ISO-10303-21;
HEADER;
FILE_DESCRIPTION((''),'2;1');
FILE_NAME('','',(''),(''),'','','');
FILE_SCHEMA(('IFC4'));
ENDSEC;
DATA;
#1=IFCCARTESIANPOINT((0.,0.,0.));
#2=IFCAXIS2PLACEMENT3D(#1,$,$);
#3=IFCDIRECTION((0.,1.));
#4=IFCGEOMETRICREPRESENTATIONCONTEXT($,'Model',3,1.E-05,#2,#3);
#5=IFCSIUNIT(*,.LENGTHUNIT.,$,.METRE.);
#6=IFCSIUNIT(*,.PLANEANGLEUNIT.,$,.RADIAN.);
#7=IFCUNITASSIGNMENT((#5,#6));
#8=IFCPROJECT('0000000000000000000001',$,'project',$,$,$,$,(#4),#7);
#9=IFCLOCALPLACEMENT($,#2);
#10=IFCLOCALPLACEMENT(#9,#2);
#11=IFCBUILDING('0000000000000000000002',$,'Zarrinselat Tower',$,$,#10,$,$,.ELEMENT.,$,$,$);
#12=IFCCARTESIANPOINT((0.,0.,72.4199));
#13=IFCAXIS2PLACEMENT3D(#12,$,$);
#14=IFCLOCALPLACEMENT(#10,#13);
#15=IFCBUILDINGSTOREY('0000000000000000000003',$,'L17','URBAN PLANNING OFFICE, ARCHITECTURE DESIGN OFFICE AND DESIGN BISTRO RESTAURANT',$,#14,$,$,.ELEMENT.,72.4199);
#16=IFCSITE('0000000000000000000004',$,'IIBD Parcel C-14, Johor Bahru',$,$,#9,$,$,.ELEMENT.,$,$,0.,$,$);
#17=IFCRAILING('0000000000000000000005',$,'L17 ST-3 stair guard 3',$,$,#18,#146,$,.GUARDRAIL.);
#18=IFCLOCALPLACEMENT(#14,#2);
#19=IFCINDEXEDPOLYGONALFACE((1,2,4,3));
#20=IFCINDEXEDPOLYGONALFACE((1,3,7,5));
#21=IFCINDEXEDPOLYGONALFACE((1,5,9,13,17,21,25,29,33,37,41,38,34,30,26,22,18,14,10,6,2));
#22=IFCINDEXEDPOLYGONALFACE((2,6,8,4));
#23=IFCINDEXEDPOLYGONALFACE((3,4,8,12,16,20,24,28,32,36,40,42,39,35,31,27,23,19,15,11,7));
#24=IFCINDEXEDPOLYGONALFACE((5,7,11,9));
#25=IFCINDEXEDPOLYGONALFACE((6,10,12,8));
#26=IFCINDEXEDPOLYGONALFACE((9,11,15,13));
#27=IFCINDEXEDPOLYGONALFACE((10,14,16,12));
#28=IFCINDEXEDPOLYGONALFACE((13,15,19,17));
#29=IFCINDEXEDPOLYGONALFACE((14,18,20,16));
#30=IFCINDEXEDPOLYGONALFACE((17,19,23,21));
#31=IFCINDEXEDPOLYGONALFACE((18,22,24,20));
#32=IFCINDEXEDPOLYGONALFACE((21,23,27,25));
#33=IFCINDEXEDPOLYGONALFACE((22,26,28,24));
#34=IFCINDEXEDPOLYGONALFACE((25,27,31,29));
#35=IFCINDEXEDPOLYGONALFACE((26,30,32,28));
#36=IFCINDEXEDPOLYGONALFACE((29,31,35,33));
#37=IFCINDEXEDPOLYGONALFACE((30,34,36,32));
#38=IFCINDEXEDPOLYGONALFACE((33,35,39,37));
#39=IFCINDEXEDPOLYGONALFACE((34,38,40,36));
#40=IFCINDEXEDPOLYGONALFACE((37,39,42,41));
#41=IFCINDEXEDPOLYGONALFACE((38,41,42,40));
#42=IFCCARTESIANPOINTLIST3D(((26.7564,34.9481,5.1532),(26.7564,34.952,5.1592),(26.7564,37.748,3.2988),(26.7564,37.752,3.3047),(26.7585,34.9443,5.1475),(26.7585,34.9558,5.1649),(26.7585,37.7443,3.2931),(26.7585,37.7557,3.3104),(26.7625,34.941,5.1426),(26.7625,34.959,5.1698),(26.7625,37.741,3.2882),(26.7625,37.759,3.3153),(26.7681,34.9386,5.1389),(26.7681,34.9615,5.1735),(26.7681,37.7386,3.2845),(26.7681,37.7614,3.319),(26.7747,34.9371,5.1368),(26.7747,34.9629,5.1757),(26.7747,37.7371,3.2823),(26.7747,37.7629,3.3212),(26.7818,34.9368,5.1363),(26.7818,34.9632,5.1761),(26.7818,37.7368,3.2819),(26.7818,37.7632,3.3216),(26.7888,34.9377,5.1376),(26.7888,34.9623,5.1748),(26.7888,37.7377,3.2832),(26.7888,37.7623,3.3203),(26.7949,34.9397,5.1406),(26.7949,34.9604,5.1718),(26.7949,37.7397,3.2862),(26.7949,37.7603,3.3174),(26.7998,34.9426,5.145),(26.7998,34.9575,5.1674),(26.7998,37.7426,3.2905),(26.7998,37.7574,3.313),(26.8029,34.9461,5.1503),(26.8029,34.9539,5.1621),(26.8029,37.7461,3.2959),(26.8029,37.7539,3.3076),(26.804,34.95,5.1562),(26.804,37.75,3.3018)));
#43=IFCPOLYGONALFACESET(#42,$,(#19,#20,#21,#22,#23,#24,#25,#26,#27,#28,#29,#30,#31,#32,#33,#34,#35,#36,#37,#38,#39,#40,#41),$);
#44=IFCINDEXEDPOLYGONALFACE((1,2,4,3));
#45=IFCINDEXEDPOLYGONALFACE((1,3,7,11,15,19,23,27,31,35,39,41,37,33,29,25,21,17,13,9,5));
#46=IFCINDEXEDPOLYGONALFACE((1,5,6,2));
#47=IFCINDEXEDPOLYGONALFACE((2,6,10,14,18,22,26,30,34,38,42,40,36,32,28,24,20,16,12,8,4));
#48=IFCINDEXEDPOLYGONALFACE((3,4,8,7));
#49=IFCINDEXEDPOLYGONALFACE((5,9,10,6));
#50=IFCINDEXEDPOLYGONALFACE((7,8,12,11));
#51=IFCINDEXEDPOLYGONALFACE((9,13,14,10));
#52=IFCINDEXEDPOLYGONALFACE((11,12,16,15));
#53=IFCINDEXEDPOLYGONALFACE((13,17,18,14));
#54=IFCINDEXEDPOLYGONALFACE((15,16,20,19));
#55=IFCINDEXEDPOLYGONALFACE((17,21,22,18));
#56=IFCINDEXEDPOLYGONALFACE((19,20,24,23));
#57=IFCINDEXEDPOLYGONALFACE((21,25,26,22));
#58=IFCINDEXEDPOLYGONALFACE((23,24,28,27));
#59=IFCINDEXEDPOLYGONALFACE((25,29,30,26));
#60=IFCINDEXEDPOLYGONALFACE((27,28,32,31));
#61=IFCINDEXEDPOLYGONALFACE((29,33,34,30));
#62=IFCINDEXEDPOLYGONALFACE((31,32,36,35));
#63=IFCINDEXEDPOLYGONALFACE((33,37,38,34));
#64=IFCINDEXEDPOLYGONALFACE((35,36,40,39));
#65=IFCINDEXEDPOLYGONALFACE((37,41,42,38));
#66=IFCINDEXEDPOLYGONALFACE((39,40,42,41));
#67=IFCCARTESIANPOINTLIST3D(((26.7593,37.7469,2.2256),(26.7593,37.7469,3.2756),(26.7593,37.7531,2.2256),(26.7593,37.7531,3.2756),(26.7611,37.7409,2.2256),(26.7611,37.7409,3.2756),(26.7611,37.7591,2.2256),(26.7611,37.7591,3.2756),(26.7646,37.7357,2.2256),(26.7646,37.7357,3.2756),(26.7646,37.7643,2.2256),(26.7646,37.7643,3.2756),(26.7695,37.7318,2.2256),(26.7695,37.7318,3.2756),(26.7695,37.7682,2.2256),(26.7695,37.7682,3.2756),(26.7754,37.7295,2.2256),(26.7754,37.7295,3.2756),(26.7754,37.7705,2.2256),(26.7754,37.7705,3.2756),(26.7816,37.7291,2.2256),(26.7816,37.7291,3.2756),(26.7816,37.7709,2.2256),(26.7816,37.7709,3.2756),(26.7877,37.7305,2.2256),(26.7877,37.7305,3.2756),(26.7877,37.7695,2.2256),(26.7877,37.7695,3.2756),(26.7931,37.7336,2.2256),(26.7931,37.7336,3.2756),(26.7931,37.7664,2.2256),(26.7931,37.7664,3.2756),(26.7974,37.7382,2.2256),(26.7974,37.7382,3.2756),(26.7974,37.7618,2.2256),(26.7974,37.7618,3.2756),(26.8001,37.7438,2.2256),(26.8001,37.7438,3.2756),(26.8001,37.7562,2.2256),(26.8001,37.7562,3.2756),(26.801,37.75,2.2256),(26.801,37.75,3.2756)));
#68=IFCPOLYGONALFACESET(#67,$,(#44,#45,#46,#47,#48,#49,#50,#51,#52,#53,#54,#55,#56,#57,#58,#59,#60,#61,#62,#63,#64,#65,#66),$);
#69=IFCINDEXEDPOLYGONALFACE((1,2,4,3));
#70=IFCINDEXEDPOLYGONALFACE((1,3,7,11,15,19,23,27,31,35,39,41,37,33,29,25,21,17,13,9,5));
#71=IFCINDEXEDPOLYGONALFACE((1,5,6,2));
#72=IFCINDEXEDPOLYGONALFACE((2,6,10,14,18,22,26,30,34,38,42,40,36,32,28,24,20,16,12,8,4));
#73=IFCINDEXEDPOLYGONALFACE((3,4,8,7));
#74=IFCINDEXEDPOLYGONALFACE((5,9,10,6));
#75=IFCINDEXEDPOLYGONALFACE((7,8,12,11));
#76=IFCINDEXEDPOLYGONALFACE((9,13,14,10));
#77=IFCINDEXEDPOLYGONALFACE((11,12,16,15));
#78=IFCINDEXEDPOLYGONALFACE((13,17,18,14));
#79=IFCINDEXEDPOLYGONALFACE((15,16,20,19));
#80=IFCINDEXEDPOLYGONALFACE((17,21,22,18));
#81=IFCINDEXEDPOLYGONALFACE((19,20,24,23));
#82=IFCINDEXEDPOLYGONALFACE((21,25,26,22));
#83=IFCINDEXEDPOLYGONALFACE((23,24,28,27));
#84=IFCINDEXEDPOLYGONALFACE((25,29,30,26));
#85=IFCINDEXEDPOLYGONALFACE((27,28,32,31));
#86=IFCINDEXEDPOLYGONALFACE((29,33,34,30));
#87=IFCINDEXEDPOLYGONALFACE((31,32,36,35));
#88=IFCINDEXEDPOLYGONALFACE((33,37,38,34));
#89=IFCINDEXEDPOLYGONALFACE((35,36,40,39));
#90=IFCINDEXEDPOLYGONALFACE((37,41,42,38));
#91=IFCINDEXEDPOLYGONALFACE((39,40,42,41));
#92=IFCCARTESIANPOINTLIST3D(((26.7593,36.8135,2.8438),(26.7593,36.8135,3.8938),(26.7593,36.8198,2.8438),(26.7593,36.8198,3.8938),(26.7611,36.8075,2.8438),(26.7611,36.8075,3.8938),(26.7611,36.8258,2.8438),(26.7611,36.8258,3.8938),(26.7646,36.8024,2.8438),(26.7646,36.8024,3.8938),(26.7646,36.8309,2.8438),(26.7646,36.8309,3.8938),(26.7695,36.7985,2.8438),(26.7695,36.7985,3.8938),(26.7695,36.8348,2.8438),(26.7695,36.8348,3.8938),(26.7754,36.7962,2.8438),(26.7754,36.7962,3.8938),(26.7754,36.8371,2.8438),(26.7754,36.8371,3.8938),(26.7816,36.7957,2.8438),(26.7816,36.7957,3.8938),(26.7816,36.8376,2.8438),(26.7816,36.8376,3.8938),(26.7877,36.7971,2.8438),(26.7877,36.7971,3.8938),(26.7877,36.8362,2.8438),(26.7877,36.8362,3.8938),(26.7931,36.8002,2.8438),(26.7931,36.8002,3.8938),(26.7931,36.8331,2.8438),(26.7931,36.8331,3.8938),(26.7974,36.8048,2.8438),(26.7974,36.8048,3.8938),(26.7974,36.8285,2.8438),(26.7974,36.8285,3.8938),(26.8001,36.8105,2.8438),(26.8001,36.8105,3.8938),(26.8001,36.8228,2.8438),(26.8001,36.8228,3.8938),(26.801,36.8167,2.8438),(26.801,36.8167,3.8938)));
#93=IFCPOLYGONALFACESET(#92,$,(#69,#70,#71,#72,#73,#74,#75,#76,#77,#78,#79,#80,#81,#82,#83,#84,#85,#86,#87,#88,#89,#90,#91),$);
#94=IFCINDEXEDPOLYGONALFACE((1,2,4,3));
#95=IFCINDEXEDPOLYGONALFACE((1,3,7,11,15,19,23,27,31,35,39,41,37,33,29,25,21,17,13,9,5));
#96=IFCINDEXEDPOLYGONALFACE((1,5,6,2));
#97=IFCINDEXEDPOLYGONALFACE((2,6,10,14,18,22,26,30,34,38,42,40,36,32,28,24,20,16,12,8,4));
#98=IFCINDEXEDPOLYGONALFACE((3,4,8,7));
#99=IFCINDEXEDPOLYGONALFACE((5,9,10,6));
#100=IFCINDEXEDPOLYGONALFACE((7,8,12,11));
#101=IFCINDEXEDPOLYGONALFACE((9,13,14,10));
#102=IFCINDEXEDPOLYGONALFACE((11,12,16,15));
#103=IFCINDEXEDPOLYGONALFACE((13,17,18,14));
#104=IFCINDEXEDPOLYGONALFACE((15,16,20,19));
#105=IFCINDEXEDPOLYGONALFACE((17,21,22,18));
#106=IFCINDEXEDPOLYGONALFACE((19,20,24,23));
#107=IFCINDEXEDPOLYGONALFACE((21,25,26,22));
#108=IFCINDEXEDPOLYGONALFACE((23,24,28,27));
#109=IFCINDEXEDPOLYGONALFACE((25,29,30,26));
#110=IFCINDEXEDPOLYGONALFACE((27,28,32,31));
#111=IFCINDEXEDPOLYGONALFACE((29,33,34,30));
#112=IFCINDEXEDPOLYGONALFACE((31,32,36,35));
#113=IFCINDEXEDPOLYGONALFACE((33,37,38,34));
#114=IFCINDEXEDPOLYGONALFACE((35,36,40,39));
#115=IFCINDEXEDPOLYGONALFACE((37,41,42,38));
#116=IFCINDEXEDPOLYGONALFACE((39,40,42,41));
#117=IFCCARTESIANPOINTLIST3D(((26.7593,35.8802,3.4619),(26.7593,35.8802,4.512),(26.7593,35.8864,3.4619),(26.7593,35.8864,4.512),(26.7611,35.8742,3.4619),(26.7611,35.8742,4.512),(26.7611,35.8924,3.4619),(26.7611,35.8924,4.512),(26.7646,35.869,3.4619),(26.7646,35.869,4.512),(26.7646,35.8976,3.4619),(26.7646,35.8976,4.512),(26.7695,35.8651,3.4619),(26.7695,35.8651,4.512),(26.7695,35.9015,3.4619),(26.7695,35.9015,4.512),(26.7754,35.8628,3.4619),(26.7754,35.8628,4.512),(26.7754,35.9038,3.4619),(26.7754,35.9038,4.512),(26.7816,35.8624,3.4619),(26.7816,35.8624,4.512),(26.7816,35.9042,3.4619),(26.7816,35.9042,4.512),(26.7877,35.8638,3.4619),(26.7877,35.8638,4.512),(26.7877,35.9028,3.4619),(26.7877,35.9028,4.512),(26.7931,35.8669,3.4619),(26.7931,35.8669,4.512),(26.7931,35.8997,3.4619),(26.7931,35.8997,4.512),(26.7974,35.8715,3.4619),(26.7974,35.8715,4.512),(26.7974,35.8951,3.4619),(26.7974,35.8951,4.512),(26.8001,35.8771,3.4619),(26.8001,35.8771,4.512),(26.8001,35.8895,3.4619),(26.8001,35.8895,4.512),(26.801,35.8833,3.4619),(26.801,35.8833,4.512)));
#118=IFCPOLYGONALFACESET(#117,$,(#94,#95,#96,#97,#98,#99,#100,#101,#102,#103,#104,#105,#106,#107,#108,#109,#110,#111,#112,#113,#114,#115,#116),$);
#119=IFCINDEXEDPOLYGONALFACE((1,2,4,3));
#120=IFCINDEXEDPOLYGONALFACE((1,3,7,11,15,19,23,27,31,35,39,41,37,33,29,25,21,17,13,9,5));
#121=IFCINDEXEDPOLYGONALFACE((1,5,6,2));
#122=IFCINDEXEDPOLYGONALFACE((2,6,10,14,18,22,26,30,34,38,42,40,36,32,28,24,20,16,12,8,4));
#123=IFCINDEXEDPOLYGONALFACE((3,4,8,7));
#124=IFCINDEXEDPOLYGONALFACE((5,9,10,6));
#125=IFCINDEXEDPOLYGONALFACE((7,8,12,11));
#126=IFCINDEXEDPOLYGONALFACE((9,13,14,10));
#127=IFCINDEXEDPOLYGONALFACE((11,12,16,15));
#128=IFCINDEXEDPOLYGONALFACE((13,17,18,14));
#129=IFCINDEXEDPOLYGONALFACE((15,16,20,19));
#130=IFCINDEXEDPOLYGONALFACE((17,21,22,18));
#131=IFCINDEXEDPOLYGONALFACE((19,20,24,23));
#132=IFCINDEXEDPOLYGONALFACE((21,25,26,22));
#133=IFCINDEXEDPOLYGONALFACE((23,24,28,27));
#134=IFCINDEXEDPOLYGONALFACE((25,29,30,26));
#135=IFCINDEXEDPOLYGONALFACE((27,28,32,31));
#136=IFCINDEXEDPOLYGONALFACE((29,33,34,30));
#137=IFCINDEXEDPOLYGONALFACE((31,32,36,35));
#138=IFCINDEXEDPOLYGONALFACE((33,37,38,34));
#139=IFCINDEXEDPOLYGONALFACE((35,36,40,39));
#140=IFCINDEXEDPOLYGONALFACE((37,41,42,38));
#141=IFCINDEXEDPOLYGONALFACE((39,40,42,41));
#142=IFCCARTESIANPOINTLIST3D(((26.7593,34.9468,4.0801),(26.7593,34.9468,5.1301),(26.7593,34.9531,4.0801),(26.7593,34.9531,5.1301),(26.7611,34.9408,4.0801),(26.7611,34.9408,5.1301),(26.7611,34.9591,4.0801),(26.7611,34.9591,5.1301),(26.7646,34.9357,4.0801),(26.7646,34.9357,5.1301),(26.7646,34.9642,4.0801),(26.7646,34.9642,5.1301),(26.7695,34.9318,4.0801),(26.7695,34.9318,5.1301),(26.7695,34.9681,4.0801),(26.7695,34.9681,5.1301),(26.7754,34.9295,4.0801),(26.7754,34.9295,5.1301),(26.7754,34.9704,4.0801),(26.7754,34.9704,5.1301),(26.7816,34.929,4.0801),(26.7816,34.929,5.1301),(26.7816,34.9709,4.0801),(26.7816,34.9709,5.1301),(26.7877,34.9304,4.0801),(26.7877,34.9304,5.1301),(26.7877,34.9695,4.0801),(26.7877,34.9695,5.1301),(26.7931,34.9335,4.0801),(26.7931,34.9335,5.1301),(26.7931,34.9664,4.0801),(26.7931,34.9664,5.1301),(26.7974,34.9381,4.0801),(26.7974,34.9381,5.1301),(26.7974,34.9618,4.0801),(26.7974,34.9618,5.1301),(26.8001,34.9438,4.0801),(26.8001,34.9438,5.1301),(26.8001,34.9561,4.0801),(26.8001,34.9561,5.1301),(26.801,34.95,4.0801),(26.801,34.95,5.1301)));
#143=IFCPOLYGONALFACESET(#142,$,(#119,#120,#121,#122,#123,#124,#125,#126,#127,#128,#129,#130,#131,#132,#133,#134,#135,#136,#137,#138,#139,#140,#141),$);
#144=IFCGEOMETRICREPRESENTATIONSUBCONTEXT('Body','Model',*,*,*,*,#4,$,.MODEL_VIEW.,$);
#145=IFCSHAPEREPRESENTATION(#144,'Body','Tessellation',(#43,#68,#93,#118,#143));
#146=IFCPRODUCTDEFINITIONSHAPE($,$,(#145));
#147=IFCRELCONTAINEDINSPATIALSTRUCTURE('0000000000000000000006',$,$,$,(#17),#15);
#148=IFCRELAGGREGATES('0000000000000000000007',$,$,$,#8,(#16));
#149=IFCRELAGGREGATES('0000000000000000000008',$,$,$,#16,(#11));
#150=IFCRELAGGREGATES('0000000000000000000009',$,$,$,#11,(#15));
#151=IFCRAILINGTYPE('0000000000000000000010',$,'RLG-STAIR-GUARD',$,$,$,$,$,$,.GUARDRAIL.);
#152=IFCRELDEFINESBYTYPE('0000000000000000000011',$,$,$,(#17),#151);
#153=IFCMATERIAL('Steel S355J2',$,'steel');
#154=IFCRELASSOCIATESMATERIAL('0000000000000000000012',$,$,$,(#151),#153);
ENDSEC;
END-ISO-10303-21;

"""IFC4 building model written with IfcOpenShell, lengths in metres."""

from ifc_helpers import new_model, si_unit, direction, frame, origin, origin_2d, place, context, subcontext, project, spatial, circle, extrude, material, type_object, element, save


model = new_model("IFC4")

# Units and contexts
model_context = context("Model", 3, precision=1e-05, world=origin(), true_north=direction((0.0, 1.0)))
body_context = subcontext(model_context, "Body", "Model", "MODEL_VIEW")
ifc_project = project(units=[si_unit("LENGTHUNIT", "METRE"), si_unit("PLANEANGLEUNIT", "RADIAN")], contexts=[model_context])

# Site, building, storey
site_placement = place(None, origin())
site = spatial("IfcSite", under=ifc_project, at=site_placement, Name="IIBD Parcel C-14, Johor Bahru", CompositionType="ELEMENT", RefElevation=0.0)
building_placement = place(site_placement, origin())
building = spatial("IfcBuilding", under=site, at=building_placement, Name="Zarrinselat Tower", CompositionType="ELEMENT")
storey_placement = place(building_placement, frame((0.0, 0.0, 72.4199)))
storey = spatial("IfcBuildingStorey", under=building, at=storey_placement, Name="L17", Description="URBAN PLANNING OFFICE, ARCHITECTURE DESIGN OFFICE AND DESIGN BISTRO RESTAURANT", CompositionType="ELEMENT", Elevation=72.4199)

# Railing
ifc_material_1 = material(Name="Steel S355J2", Category="steel")
railing_type_1 = type_object("IfcRailingType", Name="RLG-STAIR-GUARD", PredefinedType="GUARDRAIL", material=ifc_material_1)
railing_1_placement = place(storey_placement, frame((26.78, 37.75, 2.2256)))
element("IfcRailing", 1, at=railing_1_placement, inside=storey, type_object=railing_type_1, Name="L17 ST-3 stair guard 3", PredefinedType="GUARDRAIL", context=body_context, shape_type="SweptSolid", body=[
    extrude(circle(Radius=0.0239, at=origin_2d()), frame((0.0, 0.0, 1.0762), z_axis=(0.0, -0.833724, 0.552181), x_axis=(1.0, 0.0, 0.0)), (0.0, 0.0, 1.0), 3.3584),
    extrude(circle(Radius=0.021, at=origin_2d()), origin(), (0.0, 0.0, 1.0), 1.05),
    extrude(circle(Radius=0.021, at=origin_2d()), frame((0.0, -0.9333, 0.6182)), (0.0, 0.0, 1.0), 1.05),
    extrude(circle(Radius=0.021, at=origin_2d()), frame((0.0, -1.8667, 1.2363)), (0.0, 0.0, 1.0), 1.05),
    extrude(circle(Radius=0.021, at=origin_2d()), frame((0.0, -2.8, 1.8545)), (0.0, 0.0, 1.0), 1.05),
])

save(model, "model.ifc")
